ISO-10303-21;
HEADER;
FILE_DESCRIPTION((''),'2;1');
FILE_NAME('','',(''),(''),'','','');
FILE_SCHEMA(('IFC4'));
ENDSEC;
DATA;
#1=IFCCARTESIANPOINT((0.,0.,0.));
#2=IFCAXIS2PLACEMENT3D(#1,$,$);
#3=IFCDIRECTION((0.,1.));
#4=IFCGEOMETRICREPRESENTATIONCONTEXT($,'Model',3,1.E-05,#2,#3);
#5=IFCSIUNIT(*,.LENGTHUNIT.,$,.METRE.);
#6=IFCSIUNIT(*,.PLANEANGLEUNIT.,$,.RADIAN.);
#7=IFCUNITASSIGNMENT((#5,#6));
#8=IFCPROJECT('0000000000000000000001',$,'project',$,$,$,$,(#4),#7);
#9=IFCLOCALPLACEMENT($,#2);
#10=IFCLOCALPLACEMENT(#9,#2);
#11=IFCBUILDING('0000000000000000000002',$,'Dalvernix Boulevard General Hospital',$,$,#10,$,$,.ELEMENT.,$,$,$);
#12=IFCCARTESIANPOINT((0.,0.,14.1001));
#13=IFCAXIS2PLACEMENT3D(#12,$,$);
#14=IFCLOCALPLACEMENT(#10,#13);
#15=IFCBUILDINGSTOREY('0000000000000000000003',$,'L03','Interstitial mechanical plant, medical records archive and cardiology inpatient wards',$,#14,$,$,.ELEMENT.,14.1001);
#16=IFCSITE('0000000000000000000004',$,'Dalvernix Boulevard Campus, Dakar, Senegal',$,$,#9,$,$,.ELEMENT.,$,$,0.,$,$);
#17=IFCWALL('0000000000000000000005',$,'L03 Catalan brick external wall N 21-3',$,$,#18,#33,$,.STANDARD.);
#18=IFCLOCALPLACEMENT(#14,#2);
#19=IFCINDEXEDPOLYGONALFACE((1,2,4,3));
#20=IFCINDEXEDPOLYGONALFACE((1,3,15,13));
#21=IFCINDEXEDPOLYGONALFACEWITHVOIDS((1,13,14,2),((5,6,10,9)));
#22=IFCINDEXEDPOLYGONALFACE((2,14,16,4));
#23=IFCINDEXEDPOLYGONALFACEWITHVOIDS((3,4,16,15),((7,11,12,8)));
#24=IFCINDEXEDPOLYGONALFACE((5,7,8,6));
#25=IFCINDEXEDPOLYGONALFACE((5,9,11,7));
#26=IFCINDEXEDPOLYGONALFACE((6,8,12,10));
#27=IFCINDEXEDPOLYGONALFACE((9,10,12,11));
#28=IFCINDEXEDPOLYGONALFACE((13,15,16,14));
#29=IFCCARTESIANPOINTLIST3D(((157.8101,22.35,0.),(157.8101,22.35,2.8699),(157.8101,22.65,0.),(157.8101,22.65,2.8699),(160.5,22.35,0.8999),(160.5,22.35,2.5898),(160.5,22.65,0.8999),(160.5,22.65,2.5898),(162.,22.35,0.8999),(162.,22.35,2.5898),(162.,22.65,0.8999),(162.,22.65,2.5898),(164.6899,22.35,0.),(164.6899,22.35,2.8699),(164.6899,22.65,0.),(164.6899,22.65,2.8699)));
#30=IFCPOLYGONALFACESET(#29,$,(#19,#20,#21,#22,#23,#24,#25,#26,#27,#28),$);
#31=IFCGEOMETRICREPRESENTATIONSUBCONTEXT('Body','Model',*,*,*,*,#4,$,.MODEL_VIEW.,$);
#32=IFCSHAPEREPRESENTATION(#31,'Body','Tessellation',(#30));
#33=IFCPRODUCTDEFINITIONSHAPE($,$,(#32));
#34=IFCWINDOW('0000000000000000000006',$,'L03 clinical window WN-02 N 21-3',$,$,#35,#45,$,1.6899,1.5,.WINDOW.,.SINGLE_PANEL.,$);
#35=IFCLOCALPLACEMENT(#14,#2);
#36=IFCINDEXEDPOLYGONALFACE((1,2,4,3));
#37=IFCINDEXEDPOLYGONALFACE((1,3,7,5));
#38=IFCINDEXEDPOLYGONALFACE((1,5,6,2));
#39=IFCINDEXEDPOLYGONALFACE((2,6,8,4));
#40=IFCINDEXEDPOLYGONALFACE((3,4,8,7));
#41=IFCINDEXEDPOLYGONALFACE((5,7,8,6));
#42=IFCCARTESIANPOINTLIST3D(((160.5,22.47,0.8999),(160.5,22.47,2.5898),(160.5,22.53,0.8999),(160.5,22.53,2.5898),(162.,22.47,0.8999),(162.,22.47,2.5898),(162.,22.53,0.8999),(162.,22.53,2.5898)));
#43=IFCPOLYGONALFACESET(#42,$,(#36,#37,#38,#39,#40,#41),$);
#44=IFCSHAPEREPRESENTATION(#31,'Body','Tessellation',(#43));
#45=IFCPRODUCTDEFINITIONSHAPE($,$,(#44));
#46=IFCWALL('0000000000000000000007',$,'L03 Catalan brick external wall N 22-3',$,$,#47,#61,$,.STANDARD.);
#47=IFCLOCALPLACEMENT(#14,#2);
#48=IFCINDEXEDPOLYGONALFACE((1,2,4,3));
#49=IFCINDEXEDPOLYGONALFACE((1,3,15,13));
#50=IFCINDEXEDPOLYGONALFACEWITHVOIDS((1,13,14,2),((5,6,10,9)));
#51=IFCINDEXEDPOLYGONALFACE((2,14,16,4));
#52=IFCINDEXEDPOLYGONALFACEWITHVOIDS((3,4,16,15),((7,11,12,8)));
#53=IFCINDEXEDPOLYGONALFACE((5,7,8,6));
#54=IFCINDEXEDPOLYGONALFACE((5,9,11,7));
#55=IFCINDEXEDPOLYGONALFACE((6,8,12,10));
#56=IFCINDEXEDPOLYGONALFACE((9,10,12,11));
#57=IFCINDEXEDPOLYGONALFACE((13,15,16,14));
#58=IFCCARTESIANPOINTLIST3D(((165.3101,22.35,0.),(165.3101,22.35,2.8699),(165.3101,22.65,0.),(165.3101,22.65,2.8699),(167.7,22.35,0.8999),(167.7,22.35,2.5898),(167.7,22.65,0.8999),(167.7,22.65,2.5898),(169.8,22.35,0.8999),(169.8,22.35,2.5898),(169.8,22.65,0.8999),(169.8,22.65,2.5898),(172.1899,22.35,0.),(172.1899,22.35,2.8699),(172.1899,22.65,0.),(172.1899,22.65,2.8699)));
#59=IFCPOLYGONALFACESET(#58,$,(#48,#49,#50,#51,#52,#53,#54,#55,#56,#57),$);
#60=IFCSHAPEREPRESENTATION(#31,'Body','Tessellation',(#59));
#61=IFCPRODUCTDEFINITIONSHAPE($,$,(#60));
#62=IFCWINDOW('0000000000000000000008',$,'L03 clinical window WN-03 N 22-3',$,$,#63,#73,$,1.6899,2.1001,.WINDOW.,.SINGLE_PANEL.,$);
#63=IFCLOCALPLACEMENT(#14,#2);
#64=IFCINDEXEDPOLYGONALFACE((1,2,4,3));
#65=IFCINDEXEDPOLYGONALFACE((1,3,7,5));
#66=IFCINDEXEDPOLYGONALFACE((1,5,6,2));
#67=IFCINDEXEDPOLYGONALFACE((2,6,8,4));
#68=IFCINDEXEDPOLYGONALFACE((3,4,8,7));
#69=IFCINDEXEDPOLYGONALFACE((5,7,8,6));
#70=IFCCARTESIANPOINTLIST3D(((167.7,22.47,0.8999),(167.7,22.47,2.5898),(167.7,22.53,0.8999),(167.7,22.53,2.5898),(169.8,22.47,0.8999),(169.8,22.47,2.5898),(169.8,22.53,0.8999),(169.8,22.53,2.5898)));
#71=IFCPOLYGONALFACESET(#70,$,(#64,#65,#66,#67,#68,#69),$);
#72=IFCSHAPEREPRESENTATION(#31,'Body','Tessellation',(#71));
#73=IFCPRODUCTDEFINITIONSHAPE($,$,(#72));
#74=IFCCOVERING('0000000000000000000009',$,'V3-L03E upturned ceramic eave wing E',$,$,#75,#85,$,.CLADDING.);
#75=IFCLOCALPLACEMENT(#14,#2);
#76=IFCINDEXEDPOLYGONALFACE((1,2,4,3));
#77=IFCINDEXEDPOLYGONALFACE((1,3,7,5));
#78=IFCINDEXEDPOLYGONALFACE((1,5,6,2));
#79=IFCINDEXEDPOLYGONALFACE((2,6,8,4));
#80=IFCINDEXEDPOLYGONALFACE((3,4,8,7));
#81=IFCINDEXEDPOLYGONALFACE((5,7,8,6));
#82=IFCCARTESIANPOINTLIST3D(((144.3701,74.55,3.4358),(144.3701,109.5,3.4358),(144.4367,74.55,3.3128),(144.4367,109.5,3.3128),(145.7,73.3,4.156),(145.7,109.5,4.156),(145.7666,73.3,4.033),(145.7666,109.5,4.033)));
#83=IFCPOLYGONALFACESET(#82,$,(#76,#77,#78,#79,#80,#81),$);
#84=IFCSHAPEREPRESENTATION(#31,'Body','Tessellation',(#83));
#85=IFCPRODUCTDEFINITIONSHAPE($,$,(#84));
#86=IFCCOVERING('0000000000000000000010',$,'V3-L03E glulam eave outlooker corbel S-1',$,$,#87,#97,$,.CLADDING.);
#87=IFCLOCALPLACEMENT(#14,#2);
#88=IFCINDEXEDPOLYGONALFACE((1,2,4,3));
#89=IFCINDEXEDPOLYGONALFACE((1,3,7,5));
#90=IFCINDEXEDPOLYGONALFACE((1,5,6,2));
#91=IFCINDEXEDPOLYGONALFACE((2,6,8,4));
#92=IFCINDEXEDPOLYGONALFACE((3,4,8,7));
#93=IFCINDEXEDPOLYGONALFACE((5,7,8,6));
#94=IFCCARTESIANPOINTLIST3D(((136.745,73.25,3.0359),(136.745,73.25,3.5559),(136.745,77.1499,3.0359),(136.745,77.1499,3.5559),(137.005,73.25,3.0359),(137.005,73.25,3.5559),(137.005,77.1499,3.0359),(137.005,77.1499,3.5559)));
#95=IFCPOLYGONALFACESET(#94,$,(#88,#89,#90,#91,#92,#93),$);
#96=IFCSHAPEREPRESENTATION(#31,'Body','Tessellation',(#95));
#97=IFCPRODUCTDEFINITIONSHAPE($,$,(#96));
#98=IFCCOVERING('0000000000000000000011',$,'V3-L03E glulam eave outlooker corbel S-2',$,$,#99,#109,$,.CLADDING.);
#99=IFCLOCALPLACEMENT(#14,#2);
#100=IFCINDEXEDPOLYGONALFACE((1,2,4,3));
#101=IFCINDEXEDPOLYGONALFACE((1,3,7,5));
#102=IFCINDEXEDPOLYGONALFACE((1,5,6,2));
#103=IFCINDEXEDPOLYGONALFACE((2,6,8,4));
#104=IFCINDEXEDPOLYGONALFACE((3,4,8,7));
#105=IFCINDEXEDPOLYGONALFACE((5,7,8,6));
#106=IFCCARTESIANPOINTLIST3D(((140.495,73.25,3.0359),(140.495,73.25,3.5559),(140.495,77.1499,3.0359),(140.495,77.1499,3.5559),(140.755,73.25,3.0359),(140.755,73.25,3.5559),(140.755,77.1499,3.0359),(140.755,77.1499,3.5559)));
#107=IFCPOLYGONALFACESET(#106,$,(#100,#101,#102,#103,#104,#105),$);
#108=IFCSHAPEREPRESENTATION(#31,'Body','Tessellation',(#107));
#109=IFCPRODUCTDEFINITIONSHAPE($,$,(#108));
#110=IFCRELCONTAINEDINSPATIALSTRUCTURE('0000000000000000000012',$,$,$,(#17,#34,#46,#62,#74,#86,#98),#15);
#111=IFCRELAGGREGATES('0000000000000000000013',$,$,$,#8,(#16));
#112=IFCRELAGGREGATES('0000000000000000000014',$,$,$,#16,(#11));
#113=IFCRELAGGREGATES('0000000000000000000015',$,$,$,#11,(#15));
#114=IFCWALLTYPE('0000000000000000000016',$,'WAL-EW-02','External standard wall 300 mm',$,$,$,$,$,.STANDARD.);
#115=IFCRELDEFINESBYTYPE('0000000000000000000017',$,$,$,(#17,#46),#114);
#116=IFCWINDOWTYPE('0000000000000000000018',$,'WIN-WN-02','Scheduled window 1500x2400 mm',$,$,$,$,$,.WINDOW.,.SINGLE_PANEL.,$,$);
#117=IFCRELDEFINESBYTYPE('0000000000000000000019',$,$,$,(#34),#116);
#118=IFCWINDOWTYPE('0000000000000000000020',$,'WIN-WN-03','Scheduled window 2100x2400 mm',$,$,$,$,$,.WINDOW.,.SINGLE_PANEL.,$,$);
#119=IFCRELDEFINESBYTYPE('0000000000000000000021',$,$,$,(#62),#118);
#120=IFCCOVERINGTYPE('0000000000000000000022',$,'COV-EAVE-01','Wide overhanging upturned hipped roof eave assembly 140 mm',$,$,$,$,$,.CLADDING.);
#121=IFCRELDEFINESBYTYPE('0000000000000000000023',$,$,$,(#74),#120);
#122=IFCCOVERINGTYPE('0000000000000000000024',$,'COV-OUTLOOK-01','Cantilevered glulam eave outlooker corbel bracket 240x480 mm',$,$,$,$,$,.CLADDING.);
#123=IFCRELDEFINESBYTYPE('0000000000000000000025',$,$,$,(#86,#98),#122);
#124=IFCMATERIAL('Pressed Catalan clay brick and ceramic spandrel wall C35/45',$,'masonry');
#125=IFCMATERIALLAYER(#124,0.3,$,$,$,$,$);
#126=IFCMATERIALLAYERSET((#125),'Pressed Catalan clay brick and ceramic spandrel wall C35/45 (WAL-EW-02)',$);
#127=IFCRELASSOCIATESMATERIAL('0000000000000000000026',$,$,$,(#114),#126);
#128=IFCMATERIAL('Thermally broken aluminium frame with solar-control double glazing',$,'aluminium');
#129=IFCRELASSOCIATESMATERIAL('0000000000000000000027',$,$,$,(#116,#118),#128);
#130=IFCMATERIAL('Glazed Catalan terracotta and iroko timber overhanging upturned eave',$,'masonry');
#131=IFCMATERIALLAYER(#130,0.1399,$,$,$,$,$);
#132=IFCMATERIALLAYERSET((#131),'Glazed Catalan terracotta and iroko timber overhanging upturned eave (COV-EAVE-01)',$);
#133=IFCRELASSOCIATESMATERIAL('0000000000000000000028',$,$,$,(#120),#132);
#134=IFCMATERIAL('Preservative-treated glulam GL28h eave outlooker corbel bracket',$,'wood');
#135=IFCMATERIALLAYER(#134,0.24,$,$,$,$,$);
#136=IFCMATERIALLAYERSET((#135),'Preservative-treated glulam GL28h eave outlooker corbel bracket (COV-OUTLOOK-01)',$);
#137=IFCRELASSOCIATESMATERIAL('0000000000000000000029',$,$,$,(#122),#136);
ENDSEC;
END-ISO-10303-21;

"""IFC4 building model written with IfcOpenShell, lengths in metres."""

from ifc_helpers import new_model, si_unit, direction, frame, frame_2d, origin, origin_2d, place, context, subcontext, project, spatial, polyline, rectangle, outline, extrude, material, layer, layer_set, type_object, element, fill, save


model = new_model("IFC4")

# Units and contexts
model_context = context("Model", 3, precision=1e-05, world=origin(), true_north=direction((0.0, 1.0)))
body_context = subcontext(model_context, "Body", "Model", "MODEL_VIEW")
ifc_project = project(units=[si_unit("LENGTHUNIT", "METRE"), si_unit("PLANEANGLEUNIT", "RADIAN")], contexts=[model_context])

# Site, building, storey
site_placement = place(None, origin())
site = spatial("IfcSite", under=ifc_project, at=site_placement, Name="Dalvernix Boulevard Campus, Dakar, Senegal", CompositionType="ELEMENT", RefElevation=0.0)
building_placement = place(site_placement, origin())
building = spatial("IfcBuilding", under=site, at=building_placement, Name="Dalvernix Boulevard General Hospital", CompositionType="ELEMENT")
storey_placement = place(building_placement, frame((0.0, 0.0, 14.1001)))
storey = spatial("IfcBuildingStorey", under=building, at=storey_placement, Name="L03", Description="Interstitial mechanical plant, medical records archive and cardiology inpatient wards", CompositionType="ELEMENT", Elevation=14.1001)

# Walls, openings, windows
ifc_material_1 = material(Name="Pressed Catalan clay brick and ceramic spandrel wall C35/45", Category="masonry")
ifc_layer_1 = layer(ifc_material_1, 0.3)
ifc_layer_set_1 = layer_set([ifc_layer_1], Name="Pressed Catalan clay brick and ceramic spandrel wall C35/45 (WAL-EW-02)")
wall_type = type_object("IfcWallType", Name="WAL-EW-02", Description="External standard wall 300 mm", PredefinedType="STANDARD", material=ifc_layer_set_1)
ifc_material_2 = material(Name="Thermally broken aluminium frame with solar-control double glazing", Category="aluminium")
wall_1_placement = place(storey_placement, frame((157.8101, 22.5, 0.0), z_axis=(0.0, 0.0, 1.0), x_axis=(1.0, 0.0, 0.0)))
wall_1 = element("IfcWall", 1, at=wall_1_placement, inside=storey, type_object=wall_type, Name="L03 Catalan brick external wall N 21-3", PredefinedType="STANDARD", context=body_context, shape_type="SweptSolid", body=[
    extrude(rectangle(XDim=6.8799, YDim=0.3, at=frame_2d((3.4399, 0.0))), origin(), (0.0, 0.0, 1.0), 2.8699),
])
opening_1_placement = place(wall_1_placement, frame((2.6899, 0.0, 0.8999)))
opening_1 = element("IfcOpeningElement", 2, at=opening_1_placement, cuts=wall_1, PredefinedType="OPENING", context=body_context, shape_type="SweptSolid", body=[
    extrude(rectangle(XDim=1.5, YDim=1.6899, at=frame_2d((0.75, 0.845))), frame((0.0, 0.1599, 0.0), z_axis=(0.0, -1.0, 0.0), x_axis=(1.0, 0.0, 0.0)), (0.0, 0.0, 1.0), 0.3201),
])
window_type_1 = type_object("IfcWindowType", Name="WIN-WN-02", Description="Scheduled window 1500x2400 mm", PartitioningType="SINGLE_PANEL", PredefinedType="WINDOW", material=ifc_material_2)
window_1_placement = place(opening_1_placement, origin())
window_1 = element("IfcWindow", 3, at=window_1_placement, inside=storey, type_object=window_type_1, Name="L03 clinical window WN-02 N 21-3", OverallHeight=1.6899, OverallWidth=1.5, PartitioningType="SINGLE_PANEL", PredefinedType="WINDOW", context=body_context, shape_type="SweptSolid", body=[
    extrude(rectangle(XDim=1.5, YDim=1.6899, at=frame_2d((0.75, 0.845))), frame((0.0, 0.03, 0.0), z_axis=(0.0, -1.0, 0.0), x_axis=(1.0, 0.0, 0.0)), (0.0, 0.0, 1.0), 0.0601),
])
fill(opening_1, window_1)
wall_2_placement = place(storey_placement, frame((165.3101, 22.5, 0.0), z_axis=(0.0, 0.0, 1.0), x_axis=(1.0, 0.0, 0.0)))
wall_2 = element("IfcWall", 4, at=wall_2_placement, inside=storey, type_object=wall_type, Name="L03 Catalan brick external wall N 22-3", PredefinedType="STANDARD", context=body_context, shape_type="SweptSolid", body=[
    extrude(rectangle(XDim=6.8799, YDim=0.3, at=frame_2d((3.4399, 0.0))), origin(), (0.0, 0.0, 1.0), 2.8699),
])
opening_2_placement = place(wall_2_placement, frame((2.3899, 0.0, 0.8999)))
opening_2 = element("IfcOpeningElement", 5, at=opening_2_placement, cuts=wall_2, PredefinedType="OPENING", context=body_context, shape_type="SweptSolid", body=[
    extrude(rectangle(XDim=2.1001, YDim=1.6899, at=frame_2d((1.05, 0.845))), frame((0.0, 0.1599, 0.0), z_axis=(0.0, -1.0, 0.0), x_axis=(1.0, 0.0, 0.0)), (0.0, 0.0, 1.0), 0.3201),
])
window_type_2 = type_object("IfcWindowType", Name="WIN-WN-03", Description="Scheduled window 2100x2400 mm", PartitioningType="SINGLE_PANEL", PredefinedType="WINDOW", material=ifc_material_2)
window_2_placement = place(opening_2_placement, origin())
window_2 = element("IfcWindow", 6, at=window_2_placement, inside=storey, type_object=window_type_2, Name="L03 clinical window WN-03 N 22-3", OverallHeight=1.6899, OverallWidth=2.1001, PartitioningType="SINGLE_PANEL", PredefinedType="WINDOW", context=body_context, shape_type="SweptSolid", body=[
    extrude(rectangle(XDim=2.1001, YDim=1.6899, at=frame_2d((1.05, 0.845))), frame((0.0, 0.03, 0.0), z_axis=(0.0, -1.0, 0.0), x_axis=(1.0, 0.0, 0.0)), (0.0, 0.0, 1.0), 0.0601),
])
fill(opening_2, window_2)

# Coverings
ifc_material_3 = material(Name="Glazed Catalan terracotta and iroko timber overhanging upturned eave", Category="masonry")
ifc_layer_2 = layer(ifc_material_3, 0.1399)
ifc_layer_set_2 = layer_set([ifc_layer_2], Name="Glazed Catalan terracotta and iroko timber overhanging upturned eave (COV-EAVE-01)")
covering_type_1 = type_object("IfcCoveringType", Name="COV-EAVE-01", Description="Wide overhanging upturned hipped roof eave assembly 140 mm", PredefinedType="CLADDING", material=ifc_layer_set_2)
covering_placement = place(storey_placement, frame((144.3701, 74.55, 3.4358), z_axis=(-0.476226, 0.0, 0.879323), x_axis=(0.0, 1.0, 0.0)))
element("IfcCovering", 7, at=covering_placement, inside=storey, type_object=covering_type_1, Name="V3-L03E upturned ceramic eave wing E", PredefinedType="CLADDING", context=body_context, shape_type="SweptSolid", body=[
    extrude(outline(polyline([(0.0, 0.0), (34.95, 0.0), (34.95, -1.5123), (-1.25, -1.5123), (0.0, 0.0)])), origin(), (0.0, 0.0, -1.0), 0.1399),
])
ifc_material_4 = material(Name="Preservative-treated glulam GL28h eave outlooker corbel bracket", Category="wood")
ifc_layer_3 = layer(ifc_material_4, 0.24)
ifc_layer_set_3 = layer_set([ifc_layer_3], Name="Preservative-treated glulam GL28h eave outlooker corbel bracket (COV-OUTLOOK-01)")
covering_type_2 = type_object("IfcCoveringType", Name="COV-OUTLOOK-01", Description="Cantilevered glulam eave outlooker corbel bracket 240x480 mm", PredefinedType="CLADDING", material=ifc_layer_set_3)
for number, where, z_axis, x_axis, name in (
    (8, (136.875, 75.2, 3.0359), (0.0, 0.0, 1.0), (1.0, 0.0, 0.0), "V3-L03E glulam eave outlooker corbel S-1"),
    (9, (140.625, 75.2, 3.0359), (0.0, 0.0, 1.0), (1.0, 0.0, 0.0), "V3-L03E glulam eave outlooker corbel S-2"),
):
    element("IfcCovering", number, at=place(storey_placement, frame(where, z_axis=z_axis, x_axis=x_axis)), inside=storey, type_object=covering_type_2, Name=name, PredefinedType="CLADDING", context=body_context, shape_type="SweptSolid", body=[
        extrude(rectangle(XDim=0.26, YDim=3.8999, at=origin_2d()), origin(), (0.0, 0.0, 1.0), 0.52),
    ])

save(model, "model.ifc")
